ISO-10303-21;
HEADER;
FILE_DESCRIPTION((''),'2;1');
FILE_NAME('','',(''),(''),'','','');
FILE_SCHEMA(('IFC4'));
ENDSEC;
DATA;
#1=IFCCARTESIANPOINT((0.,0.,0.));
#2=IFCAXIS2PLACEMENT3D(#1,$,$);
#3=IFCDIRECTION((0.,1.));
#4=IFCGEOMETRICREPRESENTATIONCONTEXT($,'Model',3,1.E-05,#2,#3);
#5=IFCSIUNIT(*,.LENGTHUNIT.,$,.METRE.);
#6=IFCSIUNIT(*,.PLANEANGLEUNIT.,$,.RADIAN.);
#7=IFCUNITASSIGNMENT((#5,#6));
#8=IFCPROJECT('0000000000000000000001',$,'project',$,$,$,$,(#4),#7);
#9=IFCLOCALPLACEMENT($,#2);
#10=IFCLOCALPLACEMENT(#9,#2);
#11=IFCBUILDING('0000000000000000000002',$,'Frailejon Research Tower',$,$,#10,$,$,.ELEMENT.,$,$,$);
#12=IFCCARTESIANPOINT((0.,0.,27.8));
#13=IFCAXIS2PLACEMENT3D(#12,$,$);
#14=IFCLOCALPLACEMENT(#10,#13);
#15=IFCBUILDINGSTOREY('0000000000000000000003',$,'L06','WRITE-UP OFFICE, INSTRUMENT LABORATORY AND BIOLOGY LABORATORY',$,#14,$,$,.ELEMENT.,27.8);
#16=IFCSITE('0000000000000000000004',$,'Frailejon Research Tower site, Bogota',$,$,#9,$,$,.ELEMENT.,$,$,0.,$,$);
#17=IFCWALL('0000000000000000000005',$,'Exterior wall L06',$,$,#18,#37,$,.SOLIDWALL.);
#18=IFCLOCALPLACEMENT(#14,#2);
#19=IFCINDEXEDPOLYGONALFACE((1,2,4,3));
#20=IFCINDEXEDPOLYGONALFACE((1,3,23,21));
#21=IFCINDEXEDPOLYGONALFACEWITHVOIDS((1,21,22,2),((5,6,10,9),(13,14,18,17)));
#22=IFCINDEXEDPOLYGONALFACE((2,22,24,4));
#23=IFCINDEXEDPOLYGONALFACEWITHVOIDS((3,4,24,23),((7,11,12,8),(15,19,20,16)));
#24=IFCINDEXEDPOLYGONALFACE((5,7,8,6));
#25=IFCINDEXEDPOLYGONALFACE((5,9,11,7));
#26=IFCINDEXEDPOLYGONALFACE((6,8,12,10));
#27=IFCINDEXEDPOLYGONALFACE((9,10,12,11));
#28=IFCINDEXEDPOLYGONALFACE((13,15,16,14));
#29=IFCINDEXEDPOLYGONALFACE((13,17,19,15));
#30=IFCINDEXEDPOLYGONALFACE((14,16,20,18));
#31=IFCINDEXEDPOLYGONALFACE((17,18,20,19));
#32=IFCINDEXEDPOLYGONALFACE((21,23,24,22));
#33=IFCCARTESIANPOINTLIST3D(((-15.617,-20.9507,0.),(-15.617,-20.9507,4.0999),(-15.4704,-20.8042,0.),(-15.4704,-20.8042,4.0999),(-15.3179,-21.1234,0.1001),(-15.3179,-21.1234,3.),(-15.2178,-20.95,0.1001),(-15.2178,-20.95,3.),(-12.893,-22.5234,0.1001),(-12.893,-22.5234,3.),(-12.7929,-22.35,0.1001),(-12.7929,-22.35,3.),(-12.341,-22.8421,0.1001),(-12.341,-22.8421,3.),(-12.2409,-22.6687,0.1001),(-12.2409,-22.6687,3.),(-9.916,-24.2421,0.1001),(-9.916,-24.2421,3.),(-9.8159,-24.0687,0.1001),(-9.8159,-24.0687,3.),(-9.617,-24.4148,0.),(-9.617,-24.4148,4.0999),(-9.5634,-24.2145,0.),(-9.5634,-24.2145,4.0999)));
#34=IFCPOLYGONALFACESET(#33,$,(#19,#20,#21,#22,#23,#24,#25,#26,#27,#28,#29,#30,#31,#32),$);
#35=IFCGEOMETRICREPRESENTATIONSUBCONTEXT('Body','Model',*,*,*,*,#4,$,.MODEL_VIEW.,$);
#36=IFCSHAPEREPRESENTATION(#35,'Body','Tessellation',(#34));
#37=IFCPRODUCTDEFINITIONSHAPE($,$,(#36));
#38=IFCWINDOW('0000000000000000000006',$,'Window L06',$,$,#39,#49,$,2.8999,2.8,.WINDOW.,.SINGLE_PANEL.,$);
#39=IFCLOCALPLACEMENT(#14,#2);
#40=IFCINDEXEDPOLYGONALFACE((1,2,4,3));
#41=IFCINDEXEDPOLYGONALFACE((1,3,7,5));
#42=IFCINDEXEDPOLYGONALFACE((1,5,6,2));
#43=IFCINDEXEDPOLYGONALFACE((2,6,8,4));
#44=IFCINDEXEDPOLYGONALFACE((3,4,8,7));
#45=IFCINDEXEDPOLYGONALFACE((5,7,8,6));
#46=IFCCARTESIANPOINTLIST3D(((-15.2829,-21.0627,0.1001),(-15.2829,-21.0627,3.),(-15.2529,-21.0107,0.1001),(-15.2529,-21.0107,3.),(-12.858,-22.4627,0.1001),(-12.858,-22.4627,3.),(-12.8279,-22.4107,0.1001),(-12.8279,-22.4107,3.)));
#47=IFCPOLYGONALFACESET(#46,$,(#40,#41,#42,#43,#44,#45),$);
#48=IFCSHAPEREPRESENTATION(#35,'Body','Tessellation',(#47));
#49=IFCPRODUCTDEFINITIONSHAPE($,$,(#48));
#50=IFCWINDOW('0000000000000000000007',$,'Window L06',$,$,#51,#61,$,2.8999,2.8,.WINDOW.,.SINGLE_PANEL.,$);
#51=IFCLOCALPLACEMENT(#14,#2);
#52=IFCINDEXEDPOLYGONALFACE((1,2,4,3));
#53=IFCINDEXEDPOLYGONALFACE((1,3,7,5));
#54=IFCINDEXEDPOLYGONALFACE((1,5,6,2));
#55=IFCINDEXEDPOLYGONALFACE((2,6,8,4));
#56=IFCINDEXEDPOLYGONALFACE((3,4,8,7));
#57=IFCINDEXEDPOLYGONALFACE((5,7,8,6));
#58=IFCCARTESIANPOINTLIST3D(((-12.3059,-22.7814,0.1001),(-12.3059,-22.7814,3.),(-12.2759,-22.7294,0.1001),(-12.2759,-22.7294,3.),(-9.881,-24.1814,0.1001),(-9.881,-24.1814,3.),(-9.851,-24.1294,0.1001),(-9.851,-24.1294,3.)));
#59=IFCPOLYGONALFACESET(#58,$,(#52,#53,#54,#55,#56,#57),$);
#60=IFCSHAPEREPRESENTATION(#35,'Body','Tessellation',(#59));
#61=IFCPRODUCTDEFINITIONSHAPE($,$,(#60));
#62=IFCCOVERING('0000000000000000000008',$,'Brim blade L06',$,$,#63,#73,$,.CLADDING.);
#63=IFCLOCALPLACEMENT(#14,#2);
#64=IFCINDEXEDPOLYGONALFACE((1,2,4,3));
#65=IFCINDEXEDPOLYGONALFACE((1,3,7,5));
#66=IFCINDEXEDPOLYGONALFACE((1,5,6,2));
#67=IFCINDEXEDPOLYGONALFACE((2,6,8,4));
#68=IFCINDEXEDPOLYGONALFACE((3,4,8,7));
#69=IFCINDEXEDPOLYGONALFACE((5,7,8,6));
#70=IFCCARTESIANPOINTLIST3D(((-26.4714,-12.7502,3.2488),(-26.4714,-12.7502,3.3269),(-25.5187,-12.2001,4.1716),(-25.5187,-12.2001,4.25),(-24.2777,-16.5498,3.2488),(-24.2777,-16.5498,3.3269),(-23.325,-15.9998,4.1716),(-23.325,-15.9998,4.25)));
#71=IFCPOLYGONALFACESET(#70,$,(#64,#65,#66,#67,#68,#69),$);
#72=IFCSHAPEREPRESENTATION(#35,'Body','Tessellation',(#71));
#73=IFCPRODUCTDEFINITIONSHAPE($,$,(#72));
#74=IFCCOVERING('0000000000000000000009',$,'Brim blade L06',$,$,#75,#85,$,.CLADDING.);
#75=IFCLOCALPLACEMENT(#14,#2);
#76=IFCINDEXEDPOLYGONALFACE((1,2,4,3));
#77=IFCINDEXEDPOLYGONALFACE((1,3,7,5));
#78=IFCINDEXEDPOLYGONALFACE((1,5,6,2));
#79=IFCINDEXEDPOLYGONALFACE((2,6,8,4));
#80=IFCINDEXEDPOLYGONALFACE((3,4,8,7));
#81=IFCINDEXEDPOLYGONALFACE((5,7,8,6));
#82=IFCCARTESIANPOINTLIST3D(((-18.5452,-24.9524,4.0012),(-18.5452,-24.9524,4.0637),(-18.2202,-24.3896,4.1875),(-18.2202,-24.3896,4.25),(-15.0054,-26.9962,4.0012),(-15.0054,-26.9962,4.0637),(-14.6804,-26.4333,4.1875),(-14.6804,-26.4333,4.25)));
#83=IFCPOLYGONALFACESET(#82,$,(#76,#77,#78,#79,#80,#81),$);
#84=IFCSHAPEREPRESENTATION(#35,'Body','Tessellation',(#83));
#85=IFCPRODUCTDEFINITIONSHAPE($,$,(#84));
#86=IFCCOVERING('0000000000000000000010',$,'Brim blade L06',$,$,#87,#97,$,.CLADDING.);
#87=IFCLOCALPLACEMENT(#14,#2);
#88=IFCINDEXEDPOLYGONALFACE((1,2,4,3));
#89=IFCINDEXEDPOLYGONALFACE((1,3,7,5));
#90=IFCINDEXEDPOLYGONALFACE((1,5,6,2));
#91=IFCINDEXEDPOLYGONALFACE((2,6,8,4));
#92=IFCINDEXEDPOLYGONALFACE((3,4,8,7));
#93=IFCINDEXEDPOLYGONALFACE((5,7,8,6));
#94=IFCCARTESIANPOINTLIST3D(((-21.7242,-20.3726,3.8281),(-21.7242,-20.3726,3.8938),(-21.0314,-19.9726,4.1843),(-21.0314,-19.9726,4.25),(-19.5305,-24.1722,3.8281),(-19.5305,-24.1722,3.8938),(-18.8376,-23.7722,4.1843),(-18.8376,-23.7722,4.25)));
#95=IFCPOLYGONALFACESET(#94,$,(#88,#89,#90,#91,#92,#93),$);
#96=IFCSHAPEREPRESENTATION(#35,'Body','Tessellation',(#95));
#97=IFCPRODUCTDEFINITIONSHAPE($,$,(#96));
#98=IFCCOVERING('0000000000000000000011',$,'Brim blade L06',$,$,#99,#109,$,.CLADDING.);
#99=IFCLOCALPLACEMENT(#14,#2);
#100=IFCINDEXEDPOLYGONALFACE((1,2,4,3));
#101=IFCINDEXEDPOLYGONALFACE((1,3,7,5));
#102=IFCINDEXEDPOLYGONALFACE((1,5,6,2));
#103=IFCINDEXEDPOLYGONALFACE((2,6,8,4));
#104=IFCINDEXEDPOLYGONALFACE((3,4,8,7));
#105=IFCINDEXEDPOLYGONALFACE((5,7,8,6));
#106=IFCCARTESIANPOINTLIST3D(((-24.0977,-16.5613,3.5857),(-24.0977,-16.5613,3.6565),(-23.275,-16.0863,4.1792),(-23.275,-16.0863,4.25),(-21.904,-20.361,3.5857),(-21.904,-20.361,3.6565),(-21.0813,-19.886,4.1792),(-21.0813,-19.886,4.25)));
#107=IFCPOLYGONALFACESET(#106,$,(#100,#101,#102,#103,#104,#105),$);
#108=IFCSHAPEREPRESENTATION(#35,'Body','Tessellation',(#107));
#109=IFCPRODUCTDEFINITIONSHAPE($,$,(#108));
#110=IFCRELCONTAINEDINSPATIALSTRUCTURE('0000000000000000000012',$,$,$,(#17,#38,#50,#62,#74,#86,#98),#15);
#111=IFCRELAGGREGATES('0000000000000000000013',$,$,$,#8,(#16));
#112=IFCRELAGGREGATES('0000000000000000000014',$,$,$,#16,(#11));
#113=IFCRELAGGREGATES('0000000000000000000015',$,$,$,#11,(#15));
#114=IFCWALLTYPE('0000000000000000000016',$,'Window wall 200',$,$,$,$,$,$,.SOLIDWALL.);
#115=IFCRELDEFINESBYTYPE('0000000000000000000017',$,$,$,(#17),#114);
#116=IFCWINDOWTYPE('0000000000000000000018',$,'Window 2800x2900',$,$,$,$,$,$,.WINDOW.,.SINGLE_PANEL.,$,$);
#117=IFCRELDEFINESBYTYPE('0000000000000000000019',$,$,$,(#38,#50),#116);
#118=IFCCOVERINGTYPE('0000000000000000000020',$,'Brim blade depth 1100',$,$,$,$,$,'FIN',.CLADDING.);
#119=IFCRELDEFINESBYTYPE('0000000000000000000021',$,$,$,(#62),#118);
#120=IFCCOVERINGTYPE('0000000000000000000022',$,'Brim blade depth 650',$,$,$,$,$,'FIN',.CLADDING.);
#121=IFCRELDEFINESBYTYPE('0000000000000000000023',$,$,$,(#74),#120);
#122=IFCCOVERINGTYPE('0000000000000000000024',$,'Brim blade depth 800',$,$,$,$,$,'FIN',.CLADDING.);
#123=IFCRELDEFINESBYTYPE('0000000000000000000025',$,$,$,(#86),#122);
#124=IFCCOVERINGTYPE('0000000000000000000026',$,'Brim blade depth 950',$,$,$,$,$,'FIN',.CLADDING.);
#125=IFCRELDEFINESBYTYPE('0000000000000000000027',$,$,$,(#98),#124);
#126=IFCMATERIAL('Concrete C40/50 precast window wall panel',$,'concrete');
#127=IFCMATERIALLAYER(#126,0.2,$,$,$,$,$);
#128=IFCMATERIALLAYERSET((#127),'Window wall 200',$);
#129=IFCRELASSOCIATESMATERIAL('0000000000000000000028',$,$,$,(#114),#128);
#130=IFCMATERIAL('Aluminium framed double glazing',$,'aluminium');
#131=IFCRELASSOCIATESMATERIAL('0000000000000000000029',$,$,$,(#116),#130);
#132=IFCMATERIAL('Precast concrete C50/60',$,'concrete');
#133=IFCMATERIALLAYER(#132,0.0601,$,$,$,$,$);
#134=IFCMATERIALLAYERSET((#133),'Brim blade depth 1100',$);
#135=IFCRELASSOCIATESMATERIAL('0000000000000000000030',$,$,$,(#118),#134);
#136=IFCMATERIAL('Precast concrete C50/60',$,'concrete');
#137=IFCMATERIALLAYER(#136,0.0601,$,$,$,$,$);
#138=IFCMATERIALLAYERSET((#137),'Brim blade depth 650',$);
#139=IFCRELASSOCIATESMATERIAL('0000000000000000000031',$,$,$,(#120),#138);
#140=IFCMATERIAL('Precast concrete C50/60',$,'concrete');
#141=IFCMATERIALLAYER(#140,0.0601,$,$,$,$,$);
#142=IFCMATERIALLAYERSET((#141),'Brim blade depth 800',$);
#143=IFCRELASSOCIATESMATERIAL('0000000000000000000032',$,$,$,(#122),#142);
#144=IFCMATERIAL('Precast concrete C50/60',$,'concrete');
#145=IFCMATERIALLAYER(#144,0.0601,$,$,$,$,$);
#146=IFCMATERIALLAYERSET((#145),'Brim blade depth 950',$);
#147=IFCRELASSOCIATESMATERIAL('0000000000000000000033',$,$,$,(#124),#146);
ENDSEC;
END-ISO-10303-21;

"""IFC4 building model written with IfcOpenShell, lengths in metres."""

from ifc_helpers import new_model, si_unit, direction, frame, frame_2d, origin, place, context, subcontext, project, spatial, polyline, rectangle, outline, extrude, material, layer, layer_set, type_object, element, fill, save


model = new_model("IFC4")

# Units and contexts
model_context = context("Model", 3, precision=1e-05, world=origin(), true_north=direction((0.0, 1.0)))
body_context = subcontext(model_context, "Body", "Model", "MODEL_VIEW")
ifc_project = project(units=[si_unit("LENGTHUNIT", "METRE"), si_unit("PLANEANGLEUNIT", "RADIAN")], contexts=[model_context])

# Site, building, storey
site_placement = place(None, origin())
site = spatial("IfcSite", under=ifc_project, at=site_placement, Name="Frailejon Research Tower site, Bogota", CompositionType="ELEMENT", RefElevation=0.0)
building_placement = place(site_placement, origin())
building = spatial("IfcBuilding", under=site, at=building_placement, Name="Frailejon Research Tower", CompositionType="ELEMENT")
storey_placement = place(building_placement, frame((0.0, 0.0, 27.8)))
storey = spatial("IfcBuildingStorey", under=building, at=storey_placement, Name="L06", Description="WRITE-UP OFFICE, INSTRUMENT LABORATORY AND BIOLOGY LABORATORY", CompositionType="ELEMENT", Elevation=27.8)

# Wall, openings, windows
ifc_material_1 = material(Name="Concrete C40/50 precast window wall panel", Category="concrete")
ifc_layer_1 = layer(ifc_material_1, 0.2)
ifc_layer_set_1 = layer_set([ifc_layer_1], Name="Window wall 200")
wall_type_1 = type_object("IfcWallType", Name="Window wall 200", PredefinedType="SOLIDWALL", material=ifc_layer_set_1)
wall_1_placement = place(storey_placement, frame((-15.5437, -20.8774, 0.0), z_axis=(0.0, 0.0, 1.0), x_axis=(0.866029, -0.499993, 0.0)))
wall_1 = element("IfcWall", 1, at=wall_1_placement, inside=storey, type_object=wall_type_1, Name="Exterior wall L06", PredefinedType="SOLIDWALL", context=body_context, shape_type="SweptSolid", body=[
    extrude(outline(polyline([(-0.0269, -0.1001), (1.1279, -0.1001), (2.2825, -0.1001), (3.4373, -0.1001), (4.592, -0.1001), (5.7466, -0.1001), (6.9014, -0.1001), (6.8477, 0.1001), (5.7109, 0.1001), (4.574, 0.1001), (3.4373, 0.1001), (2.3005, 0.1001), (1.1636, 0.1001), (0.0269, 0.1001), (-0.0269, -0.1001)])), origin(), (0.0, 0.0, 1.0), 4.0999),
])
opening_1_placement = place(wall_1_placement, frame((0.3186, 0.0, 0.1001)))
opening_1 = element("IfcOpeningElement", 2, at=opening_1_placement, cuts=wall_1, PredefinedType="OPENING", context=body_context, shape_type="SweptSolid", body=[
    extrude(rectangle(XDim=2.8, YDim=2.8999, at=frame_2d((1.3999, 1.45))), frame((0.0, 0.1099, 0.0), z_axis=(0.0, -1.0, 0.0), x_axis=(1.0, 0.0, 0.0)), (0.0, 0.0, 1.0), 0.22),
])
opening_2_placement = place(wall_1_placement, frame((3.7561, 0.0, 0.1001)))
opening_2 = element("IfcOpeningElement", 3, at=opening_2_placement, cuts=wall_1, PredefinedType="OPENING", context=body_context, shape_type="SweptSolid", body=[
    extrude(rectangle(XDim=2.8, YDim=2.8999, at=frame_2d((1.3999, 1.45))), frame((0.0, 0.1099, 0.0), z_axis=(0.0, -1.0, 0.0), x_axis=(1.0, 0.0, 0.0)), (0.0, 0.0, 1.0), 0.22),
])
ifc_material_2 = material(Name="Aluminium framed double glazing", Category="aluminium")
window_type = type_object("IfcWindowType", Name="Window 2800x2900", PartitioningType="SINGLE_PANEL", PredefinedType="WINDOW", material=ifc_material_2)
window_1_placement = place(opening_1_placement, origin())
window_1 = element("IfcWindow", 4, at=window_1_placement, inside=storey, type_object=window_type, Name="Window L06", OverallHeight=2.8999, OverallWidth=2.8, PartitioningType="SINGLE_PANEL", PredefinedType="WINDOW", context=body_context, shape_type="SweptSolid", body=[
    extrude(rectangle(XDim=2.8, YDim=2.8999, at=frame_2d((1.3999, 1.45))), frame((0.0, 0.03, 0.0), z_axis=(0.0, -1.0, 0.0), x_axis=(1.0, 0.0, 0.0)), (0.0, 0.0, 1.0), 0.0601),
])
fill(opening_1, window_1)
window_2_placement = place(opening_2_placement, origin())
window_2 = element("IfcWindow", 5, at=window_2_placement, inside=storey, type_object=window_type, Name="Window L06", OverallHeight=2.8999, OverallWidth=2.8, PartitioningType="SINGLE_PANEL", PredefinedType="WINDOW", context=body_context, shape_type="SweptSolid", body=[
    extrude(rectangle(XDim=2.8, YDim=2.8999, at=frame_2d((1.3999, 1.45))), frame((0.0, 0.03, 0.0), z_axis=(0.0, -1.0, 0.0), x_axis=(1.0, 0.0, 0.0)), (0.0, 0.0, 1.0), 0.0601),
])
fill(opening_2, window_2)

# Coverings
ifc_material_3 = material(Name="Precast concrete C50/60", Category="concrete")
ifc_layer_2 = layer(ifc_material_3, 0.0601)
ifc_layer_set_2 = layer_set([ifc_layer_2], Name="Brim blade depth 1100")
covering_type_1 = type_object("IfcCoveringType", Name="Brim blade depth 1100", ElementType="FIN", PredefinedType="CLADDING", material=ifc_layer_set_2)
covering_1_placement = place(storey_placement, frame((-23.325, -15.9998, 4.25), z_axis=(-0.5, 0.866025, 0.0), x_axis=(-0.866025, -0.5, 0.0)))
element("IfcCovering", 6, at=covering_1_placement, inside=storey, type_object=covering_type_1, Name="Brim blade L06", PredefinedType="CLADDING", context=body_context, shape_type="SweptSolid", body=[
    extrude(outline(polyline([(0.0, -0.0784), (1.1001, -1.0012), (1.1001, -0.9231), (0.0, 0.0), (0.0, -0.0784)])), origin(), (0.0, 0.0, 1.0), 4.3875),
])
ifc_material_4 = material(Name="Precast concrete C50/60", Category="concrete")
ifc_layer_3 = layer(ifc_material_4, 0.0601)
ifc_layer_set_3 = layer_set([ifc_layer_3], Name="Brim blade depth 650")
covering_type_2 = type_object("IfcCoveringType", Name="Brim blade depth 650", ElementType="FIN", PredefinedType="CLADDING", material=ifc_layer_set_3)
covering_2_placement = place(storey_placement, frame((-14.6804, -26.4333, 4.25), z_axis=(-0.866021, 0.500007, 0.0), x_axis=(-0.500007, -0.866021, 0.0)))
element("IfcCovering", 7, at=covering_2_placement, inside=storey, type_object=covering_type_2, Name="Brim blade L06", PredefinedType="CLADDING", context=body_context, shape_type="SweptSolid", body=[
    extrude(outline(polyline([(0.0, -0.0625), (0.6499, -0.2488), (0.6499, -0.1863), (0.0, 0.0), (0.0, -0.0625)])), origin(), (0.0, 0.0, 1.0), 4.0874),
])
ifc_material_5 = material(Name="Precast concrete C50/60", Category="concrete")
ifc_layer_4 = layer(ifc_material_5, 0.0601)
ifc_layer_set_4 = layer_set([ifc_layer_4], Name="Brim blade depth 800")
covering_type_3 = type_object("IfcCoveringType", Name="Brim blade depth 800", ElementType="FIN", PredefinedType="CLADDING", material=ifc_layer_set_4)
covering_3_placement = place(storey_placement, frame((-18.8376, -23.7722, 4.25), z_axis=(-0.5, 0.866025, 0.0), x_axis=(-0.866025, -0.5, 0.0)))
element("IfcCovering", 8, at=covering_3_placement, inside=storey, type_object=covering_type_3, Name="Brim blade L06", PredefinedType="CLADDING", context=body_context, shape_type="SweptSolid", body=[
    extrude(outline(polyline([(0.0, -0.0657), (0.8, -0.4219), (0.8, -0.3562), (0.0, 0.0), (0.0, -0.0657)])), origin(), (0.0, 0.0, 1.0), 4.3875),
])
ifc_material_6 = material(Name="Precast concrete C50/60", Category="concrete")
ifc_layer_5 = layer(ifc_material_6, 0.0601)
ifc_layer_set_5 = layer_set([ifc_layer_5], Name="Brim blade depth 950")
covering_type_4 = type_object("IfcCoveringType", Name="Brim blade depth 950", ElementType="FIN", PredefinedType="CLADDING", material=ifc_layer_set_5)
covering_4_placement = place(storey_placement, frame((-21.0813, -19.886, 4.25), z_axis=(-0.5, 0.866025, 0.0), x_axis=(-0.866025, -0.5, 0.0)))
element("IfcCovering", 9, at=covering_4_placement, inside=storey, type_object=covering_type_4, Name="Brim blade L06", PredefinedType="CLADDING", context=body_context, shape_type="SweptSolid", body=[
    extrude(outline(polyline([(0.0, -0.0708), (0.95, -0.6643), (0.95, -0.5935), (0.0, 0.0), (0.0, -0.0708)])), origin(), (0.0, 0.0, 1.0), 4.3875),
])

save(model, "model.ifc")
